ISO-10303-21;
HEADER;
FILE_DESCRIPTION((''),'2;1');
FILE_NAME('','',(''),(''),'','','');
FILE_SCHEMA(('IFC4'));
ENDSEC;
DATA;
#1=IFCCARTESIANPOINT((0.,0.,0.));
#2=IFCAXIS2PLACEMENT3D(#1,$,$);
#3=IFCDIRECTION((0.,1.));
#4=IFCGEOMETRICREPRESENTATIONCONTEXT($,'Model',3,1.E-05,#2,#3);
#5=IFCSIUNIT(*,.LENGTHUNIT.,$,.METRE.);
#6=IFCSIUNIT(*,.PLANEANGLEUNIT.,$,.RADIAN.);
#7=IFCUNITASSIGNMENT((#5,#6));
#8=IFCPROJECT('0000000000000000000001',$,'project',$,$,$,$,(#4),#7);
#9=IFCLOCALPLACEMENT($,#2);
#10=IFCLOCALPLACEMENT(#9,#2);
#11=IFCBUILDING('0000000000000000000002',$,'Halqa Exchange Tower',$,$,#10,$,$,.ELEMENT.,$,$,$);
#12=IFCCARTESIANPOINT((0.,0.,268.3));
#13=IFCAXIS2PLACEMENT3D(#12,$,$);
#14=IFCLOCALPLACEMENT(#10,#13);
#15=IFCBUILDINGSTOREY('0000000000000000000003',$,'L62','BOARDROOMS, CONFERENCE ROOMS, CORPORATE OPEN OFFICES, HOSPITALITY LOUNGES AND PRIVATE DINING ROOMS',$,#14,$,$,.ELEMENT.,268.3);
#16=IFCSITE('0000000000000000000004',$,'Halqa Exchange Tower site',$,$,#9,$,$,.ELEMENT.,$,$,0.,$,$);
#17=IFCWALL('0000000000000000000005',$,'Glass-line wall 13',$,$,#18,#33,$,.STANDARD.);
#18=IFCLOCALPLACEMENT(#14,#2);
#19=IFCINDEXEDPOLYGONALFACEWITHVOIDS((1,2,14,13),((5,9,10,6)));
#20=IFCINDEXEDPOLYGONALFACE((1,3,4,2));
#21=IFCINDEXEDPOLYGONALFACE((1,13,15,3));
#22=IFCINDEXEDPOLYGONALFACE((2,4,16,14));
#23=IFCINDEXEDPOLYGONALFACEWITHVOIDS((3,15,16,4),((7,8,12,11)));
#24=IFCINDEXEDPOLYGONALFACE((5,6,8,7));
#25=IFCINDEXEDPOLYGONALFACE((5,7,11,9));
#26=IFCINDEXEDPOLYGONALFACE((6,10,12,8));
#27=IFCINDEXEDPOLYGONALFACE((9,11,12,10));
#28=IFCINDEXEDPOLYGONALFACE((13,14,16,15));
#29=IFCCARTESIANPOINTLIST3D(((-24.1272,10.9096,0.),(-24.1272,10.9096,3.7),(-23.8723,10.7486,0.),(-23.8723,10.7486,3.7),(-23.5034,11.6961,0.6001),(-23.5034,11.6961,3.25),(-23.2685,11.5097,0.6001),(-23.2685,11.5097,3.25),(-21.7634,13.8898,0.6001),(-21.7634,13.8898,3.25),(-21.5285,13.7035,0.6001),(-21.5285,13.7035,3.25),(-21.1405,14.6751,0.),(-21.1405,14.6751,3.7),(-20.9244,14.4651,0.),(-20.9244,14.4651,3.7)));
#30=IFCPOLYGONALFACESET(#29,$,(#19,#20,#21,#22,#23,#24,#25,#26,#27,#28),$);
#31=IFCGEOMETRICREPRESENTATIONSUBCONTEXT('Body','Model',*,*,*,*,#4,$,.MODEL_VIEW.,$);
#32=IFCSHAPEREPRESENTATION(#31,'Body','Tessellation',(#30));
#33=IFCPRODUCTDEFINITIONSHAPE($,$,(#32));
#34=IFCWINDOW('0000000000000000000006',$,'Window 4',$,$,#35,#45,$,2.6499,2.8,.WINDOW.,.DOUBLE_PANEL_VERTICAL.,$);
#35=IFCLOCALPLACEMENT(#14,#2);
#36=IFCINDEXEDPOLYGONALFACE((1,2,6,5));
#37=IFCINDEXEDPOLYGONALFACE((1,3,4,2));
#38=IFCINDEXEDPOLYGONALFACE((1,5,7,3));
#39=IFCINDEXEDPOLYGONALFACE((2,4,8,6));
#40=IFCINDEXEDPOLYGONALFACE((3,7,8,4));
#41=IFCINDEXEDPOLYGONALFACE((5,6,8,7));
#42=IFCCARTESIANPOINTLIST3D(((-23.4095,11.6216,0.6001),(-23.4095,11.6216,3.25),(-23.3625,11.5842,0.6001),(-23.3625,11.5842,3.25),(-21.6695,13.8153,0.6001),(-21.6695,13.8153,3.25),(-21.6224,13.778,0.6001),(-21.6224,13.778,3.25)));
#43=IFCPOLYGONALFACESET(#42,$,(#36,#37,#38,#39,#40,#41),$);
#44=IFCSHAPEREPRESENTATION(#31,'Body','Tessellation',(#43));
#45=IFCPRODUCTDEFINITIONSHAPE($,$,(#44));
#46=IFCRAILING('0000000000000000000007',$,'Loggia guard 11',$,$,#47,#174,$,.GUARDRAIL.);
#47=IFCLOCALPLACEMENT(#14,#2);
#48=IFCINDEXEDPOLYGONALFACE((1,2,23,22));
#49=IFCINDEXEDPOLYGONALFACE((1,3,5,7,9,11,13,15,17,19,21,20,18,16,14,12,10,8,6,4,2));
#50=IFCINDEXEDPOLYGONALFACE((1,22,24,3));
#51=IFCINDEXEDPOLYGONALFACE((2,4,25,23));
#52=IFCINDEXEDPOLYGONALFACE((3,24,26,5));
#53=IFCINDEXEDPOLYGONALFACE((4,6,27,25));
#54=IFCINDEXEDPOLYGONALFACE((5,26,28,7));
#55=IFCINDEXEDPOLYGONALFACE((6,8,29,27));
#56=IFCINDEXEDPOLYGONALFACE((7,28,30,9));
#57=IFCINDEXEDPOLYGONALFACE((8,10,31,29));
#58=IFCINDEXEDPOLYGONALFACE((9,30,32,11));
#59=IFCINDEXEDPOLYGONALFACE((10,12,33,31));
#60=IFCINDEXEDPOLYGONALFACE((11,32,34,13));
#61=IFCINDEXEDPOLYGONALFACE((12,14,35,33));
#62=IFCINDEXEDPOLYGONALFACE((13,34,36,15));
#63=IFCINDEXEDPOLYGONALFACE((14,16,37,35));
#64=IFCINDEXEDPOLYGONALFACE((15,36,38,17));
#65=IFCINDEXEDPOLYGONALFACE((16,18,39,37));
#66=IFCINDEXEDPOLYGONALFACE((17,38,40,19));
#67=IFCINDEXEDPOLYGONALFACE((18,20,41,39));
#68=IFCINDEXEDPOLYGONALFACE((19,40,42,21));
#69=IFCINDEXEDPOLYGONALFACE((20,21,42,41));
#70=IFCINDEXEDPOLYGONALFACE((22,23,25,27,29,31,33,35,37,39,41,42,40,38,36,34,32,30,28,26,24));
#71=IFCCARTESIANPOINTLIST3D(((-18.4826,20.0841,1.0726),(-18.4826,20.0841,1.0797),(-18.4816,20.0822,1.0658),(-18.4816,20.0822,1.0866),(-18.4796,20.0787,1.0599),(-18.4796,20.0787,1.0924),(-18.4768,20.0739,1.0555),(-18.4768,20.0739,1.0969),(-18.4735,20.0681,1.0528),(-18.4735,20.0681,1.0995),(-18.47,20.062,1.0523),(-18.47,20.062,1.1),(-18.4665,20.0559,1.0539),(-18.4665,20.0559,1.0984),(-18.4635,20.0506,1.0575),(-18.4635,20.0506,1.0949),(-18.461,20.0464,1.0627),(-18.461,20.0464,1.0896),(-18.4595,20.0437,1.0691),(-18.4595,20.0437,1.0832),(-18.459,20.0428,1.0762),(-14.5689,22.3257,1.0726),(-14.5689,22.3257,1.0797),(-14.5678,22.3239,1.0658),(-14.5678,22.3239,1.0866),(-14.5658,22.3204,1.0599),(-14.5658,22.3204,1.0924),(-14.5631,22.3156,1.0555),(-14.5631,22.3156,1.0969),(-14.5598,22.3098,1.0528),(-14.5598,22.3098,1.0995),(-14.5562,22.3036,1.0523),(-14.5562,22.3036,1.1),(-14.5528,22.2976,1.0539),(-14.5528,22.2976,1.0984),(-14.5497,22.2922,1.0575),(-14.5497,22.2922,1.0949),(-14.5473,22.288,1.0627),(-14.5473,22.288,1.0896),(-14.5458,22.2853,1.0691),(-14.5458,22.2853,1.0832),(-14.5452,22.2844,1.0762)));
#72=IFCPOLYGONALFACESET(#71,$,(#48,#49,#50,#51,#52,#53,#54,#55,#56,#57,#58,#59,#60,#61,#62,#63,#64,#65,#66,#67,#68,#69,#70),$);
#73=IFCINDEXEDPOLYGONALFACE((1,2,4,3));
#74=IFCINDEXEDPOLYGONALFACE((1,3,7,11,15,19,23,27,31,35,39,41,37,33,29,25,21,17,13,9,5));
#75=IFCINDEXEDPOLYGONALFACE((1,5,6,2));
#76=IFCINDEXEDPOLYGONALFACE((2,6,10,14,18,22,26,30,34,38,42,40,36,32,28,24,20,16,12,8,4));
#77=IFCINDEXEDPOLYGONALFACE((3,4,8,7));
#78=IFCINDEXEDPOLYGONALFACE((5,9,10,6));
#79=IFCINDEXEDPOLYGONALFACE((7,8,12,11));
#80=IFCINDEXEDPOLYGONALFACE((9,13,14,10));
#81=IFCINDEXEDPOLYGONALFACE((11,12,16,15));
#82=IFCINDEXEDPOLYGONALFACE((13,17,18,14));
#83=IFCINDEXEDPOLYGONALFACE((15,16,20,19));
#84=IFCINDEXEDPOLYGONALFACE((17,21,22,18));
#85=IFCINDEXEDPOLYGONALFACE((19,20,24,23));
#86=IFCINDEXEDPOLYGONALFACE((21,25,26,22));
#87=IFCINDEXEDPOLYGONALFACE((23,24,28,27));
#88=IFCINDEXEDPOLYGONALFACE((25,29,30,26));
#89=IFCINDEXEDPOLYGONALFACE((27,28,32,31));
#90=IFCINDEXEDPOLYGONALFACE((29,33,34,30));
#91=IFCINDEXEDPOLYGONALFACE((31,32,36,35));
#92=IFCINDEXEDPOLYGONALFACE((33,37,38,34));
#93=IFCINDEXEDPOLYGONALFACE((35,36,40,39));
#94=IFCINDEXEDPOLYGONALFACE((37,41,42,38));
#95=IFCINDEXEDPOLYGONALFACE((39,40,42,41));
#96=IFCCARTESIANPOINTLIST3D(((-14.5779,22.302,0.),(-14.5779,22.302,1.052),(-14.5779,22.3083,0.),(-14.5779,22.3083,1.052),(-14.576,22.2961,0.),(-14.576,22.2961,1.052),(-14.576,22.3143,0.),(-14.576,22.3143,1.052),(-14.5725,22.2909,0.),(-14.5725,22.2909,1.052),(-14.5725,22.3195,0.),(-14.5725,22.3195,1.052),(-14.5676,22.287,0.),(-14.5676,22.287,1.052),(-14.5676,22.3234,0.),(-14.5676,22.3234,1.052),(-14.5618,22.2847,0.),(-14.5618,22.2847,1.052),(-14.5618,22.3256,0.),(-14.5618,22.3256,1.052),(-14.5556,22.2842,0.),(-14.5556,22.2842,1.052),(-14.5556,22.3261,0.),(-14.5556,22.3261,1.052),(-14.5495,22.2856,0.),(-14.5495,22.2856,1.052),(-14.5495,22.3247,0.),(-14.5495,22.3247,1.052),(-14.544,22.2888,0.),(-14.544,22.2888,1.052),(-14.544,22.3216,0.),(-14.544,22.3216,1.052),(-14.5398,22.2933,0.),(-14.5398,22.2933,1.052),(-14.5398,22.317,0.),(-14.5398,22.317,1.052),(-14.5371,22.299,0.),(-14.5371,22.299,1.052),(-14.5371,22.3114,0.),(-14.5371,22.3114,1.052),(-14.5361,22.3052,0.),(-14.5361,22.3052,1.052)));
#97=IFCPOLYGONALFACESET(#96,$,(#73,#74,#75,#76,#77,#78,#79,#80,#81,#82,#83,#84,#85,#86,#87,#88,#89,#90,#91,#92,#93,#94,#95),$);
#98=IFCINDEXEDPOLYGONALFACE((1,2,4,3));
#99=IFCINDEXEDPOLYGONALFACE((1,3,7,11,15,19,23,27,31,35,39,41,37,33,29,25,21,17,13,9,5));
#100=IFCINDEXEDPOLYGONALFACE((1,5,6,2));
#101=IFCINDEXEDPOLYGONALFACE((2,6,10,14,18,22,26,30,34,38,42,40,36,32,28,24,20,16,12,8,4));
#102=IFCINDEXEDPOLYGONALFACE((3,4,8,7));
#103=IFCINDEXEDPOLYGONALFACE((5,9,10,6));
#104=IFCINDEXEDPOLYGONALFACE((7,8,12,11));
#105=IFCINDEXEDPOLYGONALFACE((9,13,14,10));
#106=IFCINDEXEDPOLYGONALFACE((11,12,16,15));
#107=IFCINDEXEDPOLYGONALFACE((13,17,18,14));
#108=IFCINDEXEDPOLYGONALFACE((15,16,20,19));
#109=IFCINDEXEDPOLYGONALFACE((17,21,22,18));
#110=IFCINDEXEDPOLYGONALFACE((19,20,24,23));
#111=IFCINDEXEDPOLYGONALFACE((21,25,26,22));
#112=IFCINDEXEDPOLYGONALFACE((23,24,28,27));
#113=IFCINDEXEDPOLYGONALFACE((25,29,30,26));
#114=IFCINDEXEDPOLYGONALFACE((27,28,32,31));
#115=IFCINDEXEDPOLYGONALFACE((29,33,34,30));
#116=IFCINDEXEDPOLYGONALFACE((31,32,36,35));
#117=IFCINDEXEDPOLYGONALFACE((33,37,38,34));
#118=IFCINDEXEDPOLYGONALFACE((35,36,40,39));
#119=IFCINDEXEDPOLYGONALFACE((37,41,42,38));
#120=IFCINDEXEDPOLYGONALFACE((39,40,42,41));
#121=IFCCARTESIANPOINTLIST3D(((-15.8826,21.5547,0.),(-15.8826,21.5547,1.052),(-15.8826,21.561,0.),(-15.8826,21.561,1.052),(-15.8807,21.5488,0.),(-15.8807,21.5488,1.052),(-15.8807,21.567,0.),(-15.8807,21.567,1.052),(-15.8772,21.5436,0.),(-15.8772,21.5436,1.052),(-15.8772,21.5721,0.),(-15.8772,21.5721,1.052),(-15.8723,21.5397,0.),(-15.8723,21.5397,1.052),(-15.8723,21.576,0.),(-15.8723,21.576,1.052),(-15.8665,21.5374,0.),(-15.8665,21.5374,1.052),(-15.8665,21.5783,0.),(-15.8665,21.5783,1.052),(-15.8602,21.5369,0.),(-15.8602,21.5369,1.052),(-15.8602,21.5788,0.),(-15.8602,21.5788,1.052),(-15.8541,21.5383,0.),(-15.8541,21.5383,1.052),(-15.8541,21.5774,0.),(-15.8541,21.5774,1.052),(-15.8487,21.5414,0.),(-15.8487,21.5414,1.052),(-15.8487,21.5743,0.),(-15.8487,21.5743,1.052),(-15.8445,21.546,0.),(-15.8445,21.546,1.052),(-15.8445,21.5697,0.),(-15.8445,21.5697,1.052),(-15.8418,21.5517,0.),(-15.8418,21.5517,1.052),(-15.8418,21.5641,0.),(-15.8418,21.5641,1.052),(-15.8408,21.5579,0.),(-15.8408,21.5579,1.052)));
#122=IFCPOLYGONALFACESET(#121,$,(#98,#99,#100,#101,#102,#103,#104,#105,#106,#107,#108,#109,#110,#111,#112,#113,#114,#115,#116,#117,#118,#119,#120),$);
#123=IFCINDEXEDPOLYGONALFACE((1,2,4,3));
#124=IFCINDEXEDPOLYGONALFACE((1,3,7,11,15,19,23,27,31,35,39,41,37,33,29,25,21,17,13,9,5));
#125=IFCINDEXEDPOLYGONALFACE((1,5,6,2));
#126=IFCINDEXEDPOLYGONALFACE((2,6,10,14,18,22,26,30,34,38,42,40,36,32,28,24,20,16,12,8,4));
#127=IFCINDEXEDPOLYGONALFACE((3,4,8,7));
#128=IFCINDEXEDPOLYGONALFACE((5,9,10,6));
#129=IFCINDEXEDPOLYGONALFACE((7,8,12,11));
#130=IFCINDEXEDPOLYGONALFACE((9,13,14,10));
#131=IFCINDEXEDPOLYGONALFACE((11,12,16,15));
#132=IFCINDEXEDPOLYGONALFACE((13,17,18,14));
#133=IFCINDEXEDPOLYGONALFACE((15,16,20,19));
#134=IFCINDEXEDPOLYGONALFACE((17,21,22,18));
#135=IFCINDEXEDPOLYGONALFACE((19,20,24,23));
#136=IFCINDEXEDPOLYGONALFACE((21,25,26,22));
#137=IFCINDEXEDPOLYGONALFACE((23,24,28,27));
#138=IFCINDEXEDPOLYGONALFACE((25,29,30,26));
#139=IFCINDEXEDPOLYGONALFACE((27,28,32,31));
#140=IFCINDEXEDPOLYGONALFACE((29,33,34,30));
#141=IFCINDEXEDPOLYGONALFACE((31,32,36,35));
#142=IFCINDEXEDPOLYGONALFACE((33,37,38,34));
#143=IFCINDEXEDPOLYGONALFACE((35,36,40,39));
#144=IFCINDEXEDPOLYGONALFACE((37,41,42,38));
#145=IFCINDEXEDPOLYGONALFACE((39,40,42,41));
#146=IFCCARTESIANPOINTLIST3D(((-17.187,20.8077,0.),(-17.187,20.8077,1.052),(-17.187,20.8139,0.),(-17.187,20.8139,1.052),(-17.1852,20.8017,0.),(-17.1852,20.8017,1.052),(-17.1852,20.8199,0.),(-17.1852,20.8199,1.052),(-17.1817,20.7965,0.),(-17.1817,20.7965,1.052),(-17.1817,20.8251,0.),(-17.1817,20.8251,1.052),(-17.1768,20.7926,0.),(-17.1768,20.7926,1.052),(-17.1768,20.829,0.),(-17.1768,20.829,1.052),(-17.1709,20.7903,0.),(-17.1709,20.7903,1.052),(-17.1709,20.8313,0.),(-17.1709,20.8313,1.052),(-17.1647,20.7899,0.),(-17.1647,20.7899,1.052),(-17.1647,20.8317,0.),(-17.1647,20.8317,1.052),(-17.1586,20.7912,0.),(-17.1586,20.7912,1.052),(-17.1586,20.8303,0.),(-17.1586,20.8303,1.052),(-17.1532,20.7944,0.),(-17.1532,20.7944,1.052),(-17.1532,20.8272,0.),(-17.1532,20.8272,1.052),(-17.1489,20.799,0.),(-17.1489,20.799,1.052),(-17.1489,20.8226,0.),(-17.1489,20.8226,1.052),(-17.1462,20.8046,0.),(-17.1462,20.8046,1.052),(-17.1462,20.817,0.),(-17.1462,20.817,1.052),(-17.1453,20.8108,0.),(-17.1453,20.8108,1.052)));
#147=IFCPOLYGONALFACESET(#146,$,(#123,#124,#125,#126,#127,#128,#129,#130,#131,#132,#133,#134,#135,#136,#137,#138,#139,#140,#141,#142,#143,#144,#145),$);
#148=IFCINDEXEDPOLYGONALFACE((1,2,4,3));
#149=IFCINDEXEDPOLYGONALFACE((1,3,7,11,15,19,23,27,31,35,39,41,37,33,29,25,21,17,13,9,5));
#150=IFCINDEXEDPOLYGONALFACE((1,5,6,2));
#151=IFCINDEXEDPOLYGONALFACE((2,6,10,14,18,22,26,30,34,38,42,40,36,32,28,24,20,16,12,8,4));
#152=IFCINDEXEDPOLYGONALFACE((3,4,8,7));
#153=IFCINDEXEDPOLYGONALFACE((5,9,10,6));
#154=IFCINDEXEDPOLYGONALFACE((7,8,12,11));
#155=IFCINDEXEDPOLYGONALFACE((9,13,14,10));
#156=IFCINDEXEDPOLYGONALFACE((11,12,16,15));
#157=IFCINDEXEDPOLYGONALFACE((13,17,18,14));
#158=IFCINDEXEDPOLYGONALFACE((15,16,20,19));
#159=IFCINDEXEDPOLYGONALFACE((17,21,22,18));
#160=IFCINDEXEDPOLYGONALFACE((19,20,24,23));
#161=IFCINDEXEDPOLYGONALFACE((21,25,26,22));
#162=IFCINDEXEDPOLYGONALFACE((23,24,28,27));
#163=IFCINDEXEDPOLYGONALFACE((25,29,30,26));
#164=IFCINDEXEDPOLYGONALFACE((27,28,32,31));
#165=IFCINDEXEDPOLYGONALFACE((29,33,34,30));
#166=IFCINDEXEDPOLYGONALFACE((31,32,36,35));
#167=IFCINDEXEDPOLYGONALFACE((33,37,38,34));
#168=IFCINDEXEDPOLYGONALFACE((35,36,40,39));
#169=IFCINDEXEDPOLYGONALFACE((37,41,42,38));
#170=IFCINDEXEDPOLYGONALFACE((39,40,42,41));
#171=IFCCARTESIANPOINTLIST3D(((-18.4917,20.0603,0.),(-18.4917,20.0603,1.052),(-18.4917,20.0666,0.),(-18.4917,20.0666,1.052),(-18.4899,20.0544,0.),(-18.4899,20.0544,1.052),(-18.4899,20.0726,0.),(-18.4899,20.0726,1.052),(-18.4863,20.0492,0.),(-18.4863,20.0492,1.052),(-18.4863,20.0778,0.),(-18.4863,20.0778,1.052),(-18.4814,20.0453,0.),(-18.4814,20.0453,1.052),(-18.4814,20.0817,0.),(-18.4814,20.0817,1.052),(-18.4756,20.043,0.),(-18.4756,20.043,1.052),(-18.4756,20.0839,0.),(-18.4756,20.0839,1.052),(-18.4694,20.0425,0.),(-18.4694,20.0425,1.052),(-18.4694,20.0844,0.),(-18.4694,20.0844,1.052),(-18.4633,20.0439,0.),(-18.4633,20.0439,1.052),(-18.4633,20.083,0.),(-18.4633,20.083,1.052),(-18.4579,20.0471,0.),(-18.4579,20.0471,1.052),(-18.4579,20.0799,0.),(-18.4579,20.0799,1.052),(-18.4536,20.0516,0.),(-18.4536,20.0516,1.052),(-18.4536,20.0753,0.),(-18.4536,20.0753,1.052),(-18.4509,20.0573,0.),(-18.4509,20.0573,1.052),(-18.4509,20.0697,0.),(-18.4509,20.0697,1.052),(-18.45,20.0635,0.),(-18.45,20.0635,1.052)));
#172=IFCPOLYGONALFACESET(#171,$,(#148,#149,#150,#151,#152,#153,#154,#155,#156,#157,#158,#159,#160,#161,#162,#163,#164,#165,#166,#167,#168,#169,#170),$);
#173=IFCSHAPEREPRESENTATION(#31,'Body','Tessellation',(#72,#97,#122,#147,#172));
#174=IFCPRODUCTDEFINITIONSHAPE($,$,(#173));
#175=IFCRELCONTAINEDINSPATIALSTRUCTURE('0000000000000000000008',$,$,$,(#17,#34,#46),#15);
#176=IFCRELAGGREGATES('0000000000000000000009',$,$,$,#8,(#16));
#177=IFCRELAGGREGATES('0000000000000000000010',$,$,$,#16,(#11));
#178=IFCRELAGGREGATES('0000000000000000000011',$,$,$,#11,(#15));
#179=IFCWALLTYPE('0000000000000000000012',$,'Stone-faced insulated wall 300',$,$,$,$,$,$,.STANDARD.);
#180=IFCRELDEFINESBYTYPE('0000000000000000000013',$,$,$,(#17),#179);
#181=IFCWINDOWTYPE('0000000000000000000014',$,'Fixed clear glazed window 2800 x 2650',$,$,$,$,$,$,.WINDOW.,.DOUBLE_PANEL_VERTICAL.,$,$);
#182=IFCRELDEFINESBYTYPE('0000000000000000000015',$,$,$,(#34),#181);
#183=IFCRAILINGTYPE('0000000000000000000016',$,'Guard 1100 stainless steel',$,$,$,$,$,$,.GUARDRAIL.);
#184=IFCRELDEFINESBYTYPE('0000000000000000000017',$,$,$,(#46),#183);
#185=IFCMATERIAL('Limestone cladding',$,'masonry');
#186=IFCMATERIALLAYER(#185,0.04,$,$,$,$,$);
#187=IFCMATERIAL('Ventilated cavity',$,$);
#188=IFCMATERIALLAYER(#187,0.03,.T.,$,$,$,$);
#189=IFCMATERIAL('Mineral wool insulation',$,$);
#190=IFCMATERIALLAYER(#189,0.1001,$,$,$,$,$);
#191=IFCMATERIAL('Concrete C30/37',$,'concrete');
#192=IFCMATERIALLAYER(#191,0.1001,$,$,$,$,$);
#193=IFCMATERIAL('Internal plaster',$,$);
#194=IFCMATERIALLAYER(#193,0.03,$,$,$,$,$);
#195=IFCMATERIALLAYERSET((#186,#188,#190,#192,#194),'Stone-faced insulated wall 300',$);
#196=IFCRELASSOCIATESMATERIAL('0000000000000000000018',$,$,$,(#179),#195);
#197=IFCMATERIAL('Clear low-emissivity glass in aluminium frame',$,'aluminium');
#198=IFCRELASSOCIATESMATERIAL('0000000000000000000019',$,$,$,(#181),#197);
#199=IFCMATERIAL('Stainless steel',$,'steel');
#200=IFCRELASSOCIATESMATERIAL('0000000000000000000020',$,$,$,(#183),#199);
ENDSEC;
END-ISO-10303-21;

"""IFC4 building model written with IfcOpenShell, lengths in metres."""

from ifc_helpers import new_model, si_unit, direction, frame, frame_2d, origin, origin_2d, place, context, subcontext, project, spatial, polyline, rectangle, circle, outline, extrude, material, layer, layer_set, type_object, element, fill, save


model = new_model("IFC4")

# Units and contexts
model_context = context("Model", 3, precision=1e-05, world=origin(), true_north=direction((0.0, 1.0)))
body_context = subcontext(model_context, "Body", "Model", "MODEL_VIEW")
ifc_project = project(units=[si_unit("LENGTHUNIT", "METRE"), si_unit("PLANEANGLEUNIT", "RADIAN")], contexts=[model_context])

# Site, building, storey
site_placement = place(None, origin())
site = spatial("IfcSite", under=ifc_project, at=site_placement, Name="Halqa Exchange Tower site", CompositionType="ELEMENT", RefElevation=0.0)
building_placement = place(site_placement, origin())
building = spatial("IfcBuilding", under=site, at=building_placement, Name="Halqa Exchange Tower", CompositionType="ELEMENT")
storey_placement = place(building_placement, frame((0.0, 0.0, 268.3)))
storey = spatial("IfcBuildingStorey", under=building, at=storey_placement, Name="L62", Description="BOARDROOMS, CONFERENCE ROOMS, CORPORATE OPEN OFFICES, HOSPITALITY LOUNGES AND PRIVATE DINING ROOMS", CompositionType="ELEMENT", Elevation=268.3)

# Shared definitions
ifc_material_1 = material(Name="Limestone cladding", Category="masonry")
ifc_layer_1 = layer(ifc_material_1, 0.04)
ifc_material_2 = material(Name="Ventilated cavity")
ifc_layer_2 = layer(ifc_material_2, 0.03, ventilated=True)
ifc_material_3 = material(Name="Mineral wool insulation")
ifc_layer_3 = layer(ifc_material_3, 0.1001)
ifc_material_4 = material(Name="Concrete C30/37", Category="concrete")
ifc_layer_4 = layer(ifc_material_4, 0.1001)
ifc_material_5 = material(Name="Internal plaster")
ifc_layer_5 = layer(ifc_material_5, 0.03)
ifc_layer_set_1 = layer_set([ifc_layer_1, ifc_layer_2, ifc_layer_3, ifc_layer_4, ifc_layer_5], Name="Stone-faced insulated wall 300")
wall_type_1 = type_object("IfcWallType", Name="Stone-faced insulated wall 300", PredefinedType="STANDARD", material=ifc_layer_set_1)
ifc_material_6 = material(Name="Clear low-emissivity glass in aluminium frame", Category="aluminium")
window_type = type_object("IfcWindowType", Name="Fixed clear glazed window 2800 x 2650", PartitioningType="DOUBLE_PANEL_VERTICAL", PredefinedType="WINDOW", material=ifc_material_6)

# Wall, opening, window
wall_1_placement = place(storey_placement, frame((-21.0325, 14.5701, 0.0), z_axis=(0.0, 0.0, 1.0), x_axis=(-0.621435, -0.783466, 0.0)))
wall_1 = element("IfcWall", 1, at=wall_1_placement, inside=storey, type_object=wall_type_1, Name="Glass-line wall 13", PredefinedType="STANDARD", context=body_context, shape_type="SweptSolid", body=[
    extrude(outline(polyline([(-0.0151, -0.1499), (4.791, -0.1499), (4.7588, 0.1499), (0.0151, 0.1499), (-0.0151, -0.1499)])), origin(), (0.0, 0.0, 1.0), 3.7),
])
opening_1_placement = place(wall_1_placement, frame((0.9873, 0.0, 0.6001)))
opening_1 = element("IfcOpeningElement", 2, at=opening_1_placement, cuts=wall_1, PredefinedType="OPENING", context=body_context, shape_type="SweptSolid", body=[
    extrude(rectangle(XDim=2.8, YDim=2.6499, at=frame_2d((1.3999, 1.325))), frame((0.0, 0.1621, 0.0), z_axis=(0.0, -1.0, 0.0), x_axis=(1.0, 0.0, 0.0)), (0.0, 0.0, 1.0), 0.324),
])
window_1_placement = place(opening_1_placement, origin())
window_1 = element("IfcWindow", 3, at=window_1_placement, inside=storey, type_object=window_type, Name="Window 4", OverallHeight=2.6499, OverallWidth=2.8, PartitioningType="DOUBLE_PANEL_VERTICAL", PredefinedType="WINDOW", context=body_context, shape_type="SweptSolid", body=[
    extrude(rectangle(XDim=2.8, YDim=2.6499, at=frame_2d((1.3999, 1.325))), frame((0.0, 0.03, 0.0), z_axis=(0.0, -1.0, 0.0), x_axis=(1.0, 0.0, 0.0)), (0.0, 0.0, 1.0), 0.0601),
])
fill(opening_1, window_1)

# Railing
ifc_material_7 = material(Name="Stainless steel", Category="steel")
railing_type = type_object("IfcRailingType", Name="Guard 1100 stainless steel", PredefinedType="GUARDRAIL", material=ifc_material_7)
railing_1_placement = place(storey_placement, frame((-14.5571, 22.3052, 0.0)))
element("IfcRailing", 4, at=railing_1_placement, inside=storey, type_object=railing_type, Name="Loggia guard 11", PredefinedType="GUARDRAIL", context=body_context, shape_type="SweptSolid", body=[
    extrude(circle(Radius=0.0239, at=origin_2d()), frame((0.0, 0.0, 1.0762), z_axis=(-0.867743, -0.497013, 0.0), x_axis=(0.497013, -0.867743, 0.0)), (0.0, 0.0, 1.0), 4.5103),
    extrude(circle(Radius=0.021, at=origin_2d()), origin(), (0.0, 0.0, 1.0), 1.052),
    extrude(circle(Radius=0.021, at=origin_2d()), frame((-1.3047, -0.7473, 0.0)), (0.0, 0.0, 1.0), 1.052),
    extrude(circle(Radius=0.021, at=origin_2d()), frame((-2.6091, -1.4944, 0.0)), (0.0, 0.0, 1.0), 1.052),
    extrude(circle(Radius=0.021, at=origin_2d()), frame((-3.9138, -2.2417, 0.0)), (0.0, 0.0, 1.0), 1.052),
])

save(model, "model.ifc")
